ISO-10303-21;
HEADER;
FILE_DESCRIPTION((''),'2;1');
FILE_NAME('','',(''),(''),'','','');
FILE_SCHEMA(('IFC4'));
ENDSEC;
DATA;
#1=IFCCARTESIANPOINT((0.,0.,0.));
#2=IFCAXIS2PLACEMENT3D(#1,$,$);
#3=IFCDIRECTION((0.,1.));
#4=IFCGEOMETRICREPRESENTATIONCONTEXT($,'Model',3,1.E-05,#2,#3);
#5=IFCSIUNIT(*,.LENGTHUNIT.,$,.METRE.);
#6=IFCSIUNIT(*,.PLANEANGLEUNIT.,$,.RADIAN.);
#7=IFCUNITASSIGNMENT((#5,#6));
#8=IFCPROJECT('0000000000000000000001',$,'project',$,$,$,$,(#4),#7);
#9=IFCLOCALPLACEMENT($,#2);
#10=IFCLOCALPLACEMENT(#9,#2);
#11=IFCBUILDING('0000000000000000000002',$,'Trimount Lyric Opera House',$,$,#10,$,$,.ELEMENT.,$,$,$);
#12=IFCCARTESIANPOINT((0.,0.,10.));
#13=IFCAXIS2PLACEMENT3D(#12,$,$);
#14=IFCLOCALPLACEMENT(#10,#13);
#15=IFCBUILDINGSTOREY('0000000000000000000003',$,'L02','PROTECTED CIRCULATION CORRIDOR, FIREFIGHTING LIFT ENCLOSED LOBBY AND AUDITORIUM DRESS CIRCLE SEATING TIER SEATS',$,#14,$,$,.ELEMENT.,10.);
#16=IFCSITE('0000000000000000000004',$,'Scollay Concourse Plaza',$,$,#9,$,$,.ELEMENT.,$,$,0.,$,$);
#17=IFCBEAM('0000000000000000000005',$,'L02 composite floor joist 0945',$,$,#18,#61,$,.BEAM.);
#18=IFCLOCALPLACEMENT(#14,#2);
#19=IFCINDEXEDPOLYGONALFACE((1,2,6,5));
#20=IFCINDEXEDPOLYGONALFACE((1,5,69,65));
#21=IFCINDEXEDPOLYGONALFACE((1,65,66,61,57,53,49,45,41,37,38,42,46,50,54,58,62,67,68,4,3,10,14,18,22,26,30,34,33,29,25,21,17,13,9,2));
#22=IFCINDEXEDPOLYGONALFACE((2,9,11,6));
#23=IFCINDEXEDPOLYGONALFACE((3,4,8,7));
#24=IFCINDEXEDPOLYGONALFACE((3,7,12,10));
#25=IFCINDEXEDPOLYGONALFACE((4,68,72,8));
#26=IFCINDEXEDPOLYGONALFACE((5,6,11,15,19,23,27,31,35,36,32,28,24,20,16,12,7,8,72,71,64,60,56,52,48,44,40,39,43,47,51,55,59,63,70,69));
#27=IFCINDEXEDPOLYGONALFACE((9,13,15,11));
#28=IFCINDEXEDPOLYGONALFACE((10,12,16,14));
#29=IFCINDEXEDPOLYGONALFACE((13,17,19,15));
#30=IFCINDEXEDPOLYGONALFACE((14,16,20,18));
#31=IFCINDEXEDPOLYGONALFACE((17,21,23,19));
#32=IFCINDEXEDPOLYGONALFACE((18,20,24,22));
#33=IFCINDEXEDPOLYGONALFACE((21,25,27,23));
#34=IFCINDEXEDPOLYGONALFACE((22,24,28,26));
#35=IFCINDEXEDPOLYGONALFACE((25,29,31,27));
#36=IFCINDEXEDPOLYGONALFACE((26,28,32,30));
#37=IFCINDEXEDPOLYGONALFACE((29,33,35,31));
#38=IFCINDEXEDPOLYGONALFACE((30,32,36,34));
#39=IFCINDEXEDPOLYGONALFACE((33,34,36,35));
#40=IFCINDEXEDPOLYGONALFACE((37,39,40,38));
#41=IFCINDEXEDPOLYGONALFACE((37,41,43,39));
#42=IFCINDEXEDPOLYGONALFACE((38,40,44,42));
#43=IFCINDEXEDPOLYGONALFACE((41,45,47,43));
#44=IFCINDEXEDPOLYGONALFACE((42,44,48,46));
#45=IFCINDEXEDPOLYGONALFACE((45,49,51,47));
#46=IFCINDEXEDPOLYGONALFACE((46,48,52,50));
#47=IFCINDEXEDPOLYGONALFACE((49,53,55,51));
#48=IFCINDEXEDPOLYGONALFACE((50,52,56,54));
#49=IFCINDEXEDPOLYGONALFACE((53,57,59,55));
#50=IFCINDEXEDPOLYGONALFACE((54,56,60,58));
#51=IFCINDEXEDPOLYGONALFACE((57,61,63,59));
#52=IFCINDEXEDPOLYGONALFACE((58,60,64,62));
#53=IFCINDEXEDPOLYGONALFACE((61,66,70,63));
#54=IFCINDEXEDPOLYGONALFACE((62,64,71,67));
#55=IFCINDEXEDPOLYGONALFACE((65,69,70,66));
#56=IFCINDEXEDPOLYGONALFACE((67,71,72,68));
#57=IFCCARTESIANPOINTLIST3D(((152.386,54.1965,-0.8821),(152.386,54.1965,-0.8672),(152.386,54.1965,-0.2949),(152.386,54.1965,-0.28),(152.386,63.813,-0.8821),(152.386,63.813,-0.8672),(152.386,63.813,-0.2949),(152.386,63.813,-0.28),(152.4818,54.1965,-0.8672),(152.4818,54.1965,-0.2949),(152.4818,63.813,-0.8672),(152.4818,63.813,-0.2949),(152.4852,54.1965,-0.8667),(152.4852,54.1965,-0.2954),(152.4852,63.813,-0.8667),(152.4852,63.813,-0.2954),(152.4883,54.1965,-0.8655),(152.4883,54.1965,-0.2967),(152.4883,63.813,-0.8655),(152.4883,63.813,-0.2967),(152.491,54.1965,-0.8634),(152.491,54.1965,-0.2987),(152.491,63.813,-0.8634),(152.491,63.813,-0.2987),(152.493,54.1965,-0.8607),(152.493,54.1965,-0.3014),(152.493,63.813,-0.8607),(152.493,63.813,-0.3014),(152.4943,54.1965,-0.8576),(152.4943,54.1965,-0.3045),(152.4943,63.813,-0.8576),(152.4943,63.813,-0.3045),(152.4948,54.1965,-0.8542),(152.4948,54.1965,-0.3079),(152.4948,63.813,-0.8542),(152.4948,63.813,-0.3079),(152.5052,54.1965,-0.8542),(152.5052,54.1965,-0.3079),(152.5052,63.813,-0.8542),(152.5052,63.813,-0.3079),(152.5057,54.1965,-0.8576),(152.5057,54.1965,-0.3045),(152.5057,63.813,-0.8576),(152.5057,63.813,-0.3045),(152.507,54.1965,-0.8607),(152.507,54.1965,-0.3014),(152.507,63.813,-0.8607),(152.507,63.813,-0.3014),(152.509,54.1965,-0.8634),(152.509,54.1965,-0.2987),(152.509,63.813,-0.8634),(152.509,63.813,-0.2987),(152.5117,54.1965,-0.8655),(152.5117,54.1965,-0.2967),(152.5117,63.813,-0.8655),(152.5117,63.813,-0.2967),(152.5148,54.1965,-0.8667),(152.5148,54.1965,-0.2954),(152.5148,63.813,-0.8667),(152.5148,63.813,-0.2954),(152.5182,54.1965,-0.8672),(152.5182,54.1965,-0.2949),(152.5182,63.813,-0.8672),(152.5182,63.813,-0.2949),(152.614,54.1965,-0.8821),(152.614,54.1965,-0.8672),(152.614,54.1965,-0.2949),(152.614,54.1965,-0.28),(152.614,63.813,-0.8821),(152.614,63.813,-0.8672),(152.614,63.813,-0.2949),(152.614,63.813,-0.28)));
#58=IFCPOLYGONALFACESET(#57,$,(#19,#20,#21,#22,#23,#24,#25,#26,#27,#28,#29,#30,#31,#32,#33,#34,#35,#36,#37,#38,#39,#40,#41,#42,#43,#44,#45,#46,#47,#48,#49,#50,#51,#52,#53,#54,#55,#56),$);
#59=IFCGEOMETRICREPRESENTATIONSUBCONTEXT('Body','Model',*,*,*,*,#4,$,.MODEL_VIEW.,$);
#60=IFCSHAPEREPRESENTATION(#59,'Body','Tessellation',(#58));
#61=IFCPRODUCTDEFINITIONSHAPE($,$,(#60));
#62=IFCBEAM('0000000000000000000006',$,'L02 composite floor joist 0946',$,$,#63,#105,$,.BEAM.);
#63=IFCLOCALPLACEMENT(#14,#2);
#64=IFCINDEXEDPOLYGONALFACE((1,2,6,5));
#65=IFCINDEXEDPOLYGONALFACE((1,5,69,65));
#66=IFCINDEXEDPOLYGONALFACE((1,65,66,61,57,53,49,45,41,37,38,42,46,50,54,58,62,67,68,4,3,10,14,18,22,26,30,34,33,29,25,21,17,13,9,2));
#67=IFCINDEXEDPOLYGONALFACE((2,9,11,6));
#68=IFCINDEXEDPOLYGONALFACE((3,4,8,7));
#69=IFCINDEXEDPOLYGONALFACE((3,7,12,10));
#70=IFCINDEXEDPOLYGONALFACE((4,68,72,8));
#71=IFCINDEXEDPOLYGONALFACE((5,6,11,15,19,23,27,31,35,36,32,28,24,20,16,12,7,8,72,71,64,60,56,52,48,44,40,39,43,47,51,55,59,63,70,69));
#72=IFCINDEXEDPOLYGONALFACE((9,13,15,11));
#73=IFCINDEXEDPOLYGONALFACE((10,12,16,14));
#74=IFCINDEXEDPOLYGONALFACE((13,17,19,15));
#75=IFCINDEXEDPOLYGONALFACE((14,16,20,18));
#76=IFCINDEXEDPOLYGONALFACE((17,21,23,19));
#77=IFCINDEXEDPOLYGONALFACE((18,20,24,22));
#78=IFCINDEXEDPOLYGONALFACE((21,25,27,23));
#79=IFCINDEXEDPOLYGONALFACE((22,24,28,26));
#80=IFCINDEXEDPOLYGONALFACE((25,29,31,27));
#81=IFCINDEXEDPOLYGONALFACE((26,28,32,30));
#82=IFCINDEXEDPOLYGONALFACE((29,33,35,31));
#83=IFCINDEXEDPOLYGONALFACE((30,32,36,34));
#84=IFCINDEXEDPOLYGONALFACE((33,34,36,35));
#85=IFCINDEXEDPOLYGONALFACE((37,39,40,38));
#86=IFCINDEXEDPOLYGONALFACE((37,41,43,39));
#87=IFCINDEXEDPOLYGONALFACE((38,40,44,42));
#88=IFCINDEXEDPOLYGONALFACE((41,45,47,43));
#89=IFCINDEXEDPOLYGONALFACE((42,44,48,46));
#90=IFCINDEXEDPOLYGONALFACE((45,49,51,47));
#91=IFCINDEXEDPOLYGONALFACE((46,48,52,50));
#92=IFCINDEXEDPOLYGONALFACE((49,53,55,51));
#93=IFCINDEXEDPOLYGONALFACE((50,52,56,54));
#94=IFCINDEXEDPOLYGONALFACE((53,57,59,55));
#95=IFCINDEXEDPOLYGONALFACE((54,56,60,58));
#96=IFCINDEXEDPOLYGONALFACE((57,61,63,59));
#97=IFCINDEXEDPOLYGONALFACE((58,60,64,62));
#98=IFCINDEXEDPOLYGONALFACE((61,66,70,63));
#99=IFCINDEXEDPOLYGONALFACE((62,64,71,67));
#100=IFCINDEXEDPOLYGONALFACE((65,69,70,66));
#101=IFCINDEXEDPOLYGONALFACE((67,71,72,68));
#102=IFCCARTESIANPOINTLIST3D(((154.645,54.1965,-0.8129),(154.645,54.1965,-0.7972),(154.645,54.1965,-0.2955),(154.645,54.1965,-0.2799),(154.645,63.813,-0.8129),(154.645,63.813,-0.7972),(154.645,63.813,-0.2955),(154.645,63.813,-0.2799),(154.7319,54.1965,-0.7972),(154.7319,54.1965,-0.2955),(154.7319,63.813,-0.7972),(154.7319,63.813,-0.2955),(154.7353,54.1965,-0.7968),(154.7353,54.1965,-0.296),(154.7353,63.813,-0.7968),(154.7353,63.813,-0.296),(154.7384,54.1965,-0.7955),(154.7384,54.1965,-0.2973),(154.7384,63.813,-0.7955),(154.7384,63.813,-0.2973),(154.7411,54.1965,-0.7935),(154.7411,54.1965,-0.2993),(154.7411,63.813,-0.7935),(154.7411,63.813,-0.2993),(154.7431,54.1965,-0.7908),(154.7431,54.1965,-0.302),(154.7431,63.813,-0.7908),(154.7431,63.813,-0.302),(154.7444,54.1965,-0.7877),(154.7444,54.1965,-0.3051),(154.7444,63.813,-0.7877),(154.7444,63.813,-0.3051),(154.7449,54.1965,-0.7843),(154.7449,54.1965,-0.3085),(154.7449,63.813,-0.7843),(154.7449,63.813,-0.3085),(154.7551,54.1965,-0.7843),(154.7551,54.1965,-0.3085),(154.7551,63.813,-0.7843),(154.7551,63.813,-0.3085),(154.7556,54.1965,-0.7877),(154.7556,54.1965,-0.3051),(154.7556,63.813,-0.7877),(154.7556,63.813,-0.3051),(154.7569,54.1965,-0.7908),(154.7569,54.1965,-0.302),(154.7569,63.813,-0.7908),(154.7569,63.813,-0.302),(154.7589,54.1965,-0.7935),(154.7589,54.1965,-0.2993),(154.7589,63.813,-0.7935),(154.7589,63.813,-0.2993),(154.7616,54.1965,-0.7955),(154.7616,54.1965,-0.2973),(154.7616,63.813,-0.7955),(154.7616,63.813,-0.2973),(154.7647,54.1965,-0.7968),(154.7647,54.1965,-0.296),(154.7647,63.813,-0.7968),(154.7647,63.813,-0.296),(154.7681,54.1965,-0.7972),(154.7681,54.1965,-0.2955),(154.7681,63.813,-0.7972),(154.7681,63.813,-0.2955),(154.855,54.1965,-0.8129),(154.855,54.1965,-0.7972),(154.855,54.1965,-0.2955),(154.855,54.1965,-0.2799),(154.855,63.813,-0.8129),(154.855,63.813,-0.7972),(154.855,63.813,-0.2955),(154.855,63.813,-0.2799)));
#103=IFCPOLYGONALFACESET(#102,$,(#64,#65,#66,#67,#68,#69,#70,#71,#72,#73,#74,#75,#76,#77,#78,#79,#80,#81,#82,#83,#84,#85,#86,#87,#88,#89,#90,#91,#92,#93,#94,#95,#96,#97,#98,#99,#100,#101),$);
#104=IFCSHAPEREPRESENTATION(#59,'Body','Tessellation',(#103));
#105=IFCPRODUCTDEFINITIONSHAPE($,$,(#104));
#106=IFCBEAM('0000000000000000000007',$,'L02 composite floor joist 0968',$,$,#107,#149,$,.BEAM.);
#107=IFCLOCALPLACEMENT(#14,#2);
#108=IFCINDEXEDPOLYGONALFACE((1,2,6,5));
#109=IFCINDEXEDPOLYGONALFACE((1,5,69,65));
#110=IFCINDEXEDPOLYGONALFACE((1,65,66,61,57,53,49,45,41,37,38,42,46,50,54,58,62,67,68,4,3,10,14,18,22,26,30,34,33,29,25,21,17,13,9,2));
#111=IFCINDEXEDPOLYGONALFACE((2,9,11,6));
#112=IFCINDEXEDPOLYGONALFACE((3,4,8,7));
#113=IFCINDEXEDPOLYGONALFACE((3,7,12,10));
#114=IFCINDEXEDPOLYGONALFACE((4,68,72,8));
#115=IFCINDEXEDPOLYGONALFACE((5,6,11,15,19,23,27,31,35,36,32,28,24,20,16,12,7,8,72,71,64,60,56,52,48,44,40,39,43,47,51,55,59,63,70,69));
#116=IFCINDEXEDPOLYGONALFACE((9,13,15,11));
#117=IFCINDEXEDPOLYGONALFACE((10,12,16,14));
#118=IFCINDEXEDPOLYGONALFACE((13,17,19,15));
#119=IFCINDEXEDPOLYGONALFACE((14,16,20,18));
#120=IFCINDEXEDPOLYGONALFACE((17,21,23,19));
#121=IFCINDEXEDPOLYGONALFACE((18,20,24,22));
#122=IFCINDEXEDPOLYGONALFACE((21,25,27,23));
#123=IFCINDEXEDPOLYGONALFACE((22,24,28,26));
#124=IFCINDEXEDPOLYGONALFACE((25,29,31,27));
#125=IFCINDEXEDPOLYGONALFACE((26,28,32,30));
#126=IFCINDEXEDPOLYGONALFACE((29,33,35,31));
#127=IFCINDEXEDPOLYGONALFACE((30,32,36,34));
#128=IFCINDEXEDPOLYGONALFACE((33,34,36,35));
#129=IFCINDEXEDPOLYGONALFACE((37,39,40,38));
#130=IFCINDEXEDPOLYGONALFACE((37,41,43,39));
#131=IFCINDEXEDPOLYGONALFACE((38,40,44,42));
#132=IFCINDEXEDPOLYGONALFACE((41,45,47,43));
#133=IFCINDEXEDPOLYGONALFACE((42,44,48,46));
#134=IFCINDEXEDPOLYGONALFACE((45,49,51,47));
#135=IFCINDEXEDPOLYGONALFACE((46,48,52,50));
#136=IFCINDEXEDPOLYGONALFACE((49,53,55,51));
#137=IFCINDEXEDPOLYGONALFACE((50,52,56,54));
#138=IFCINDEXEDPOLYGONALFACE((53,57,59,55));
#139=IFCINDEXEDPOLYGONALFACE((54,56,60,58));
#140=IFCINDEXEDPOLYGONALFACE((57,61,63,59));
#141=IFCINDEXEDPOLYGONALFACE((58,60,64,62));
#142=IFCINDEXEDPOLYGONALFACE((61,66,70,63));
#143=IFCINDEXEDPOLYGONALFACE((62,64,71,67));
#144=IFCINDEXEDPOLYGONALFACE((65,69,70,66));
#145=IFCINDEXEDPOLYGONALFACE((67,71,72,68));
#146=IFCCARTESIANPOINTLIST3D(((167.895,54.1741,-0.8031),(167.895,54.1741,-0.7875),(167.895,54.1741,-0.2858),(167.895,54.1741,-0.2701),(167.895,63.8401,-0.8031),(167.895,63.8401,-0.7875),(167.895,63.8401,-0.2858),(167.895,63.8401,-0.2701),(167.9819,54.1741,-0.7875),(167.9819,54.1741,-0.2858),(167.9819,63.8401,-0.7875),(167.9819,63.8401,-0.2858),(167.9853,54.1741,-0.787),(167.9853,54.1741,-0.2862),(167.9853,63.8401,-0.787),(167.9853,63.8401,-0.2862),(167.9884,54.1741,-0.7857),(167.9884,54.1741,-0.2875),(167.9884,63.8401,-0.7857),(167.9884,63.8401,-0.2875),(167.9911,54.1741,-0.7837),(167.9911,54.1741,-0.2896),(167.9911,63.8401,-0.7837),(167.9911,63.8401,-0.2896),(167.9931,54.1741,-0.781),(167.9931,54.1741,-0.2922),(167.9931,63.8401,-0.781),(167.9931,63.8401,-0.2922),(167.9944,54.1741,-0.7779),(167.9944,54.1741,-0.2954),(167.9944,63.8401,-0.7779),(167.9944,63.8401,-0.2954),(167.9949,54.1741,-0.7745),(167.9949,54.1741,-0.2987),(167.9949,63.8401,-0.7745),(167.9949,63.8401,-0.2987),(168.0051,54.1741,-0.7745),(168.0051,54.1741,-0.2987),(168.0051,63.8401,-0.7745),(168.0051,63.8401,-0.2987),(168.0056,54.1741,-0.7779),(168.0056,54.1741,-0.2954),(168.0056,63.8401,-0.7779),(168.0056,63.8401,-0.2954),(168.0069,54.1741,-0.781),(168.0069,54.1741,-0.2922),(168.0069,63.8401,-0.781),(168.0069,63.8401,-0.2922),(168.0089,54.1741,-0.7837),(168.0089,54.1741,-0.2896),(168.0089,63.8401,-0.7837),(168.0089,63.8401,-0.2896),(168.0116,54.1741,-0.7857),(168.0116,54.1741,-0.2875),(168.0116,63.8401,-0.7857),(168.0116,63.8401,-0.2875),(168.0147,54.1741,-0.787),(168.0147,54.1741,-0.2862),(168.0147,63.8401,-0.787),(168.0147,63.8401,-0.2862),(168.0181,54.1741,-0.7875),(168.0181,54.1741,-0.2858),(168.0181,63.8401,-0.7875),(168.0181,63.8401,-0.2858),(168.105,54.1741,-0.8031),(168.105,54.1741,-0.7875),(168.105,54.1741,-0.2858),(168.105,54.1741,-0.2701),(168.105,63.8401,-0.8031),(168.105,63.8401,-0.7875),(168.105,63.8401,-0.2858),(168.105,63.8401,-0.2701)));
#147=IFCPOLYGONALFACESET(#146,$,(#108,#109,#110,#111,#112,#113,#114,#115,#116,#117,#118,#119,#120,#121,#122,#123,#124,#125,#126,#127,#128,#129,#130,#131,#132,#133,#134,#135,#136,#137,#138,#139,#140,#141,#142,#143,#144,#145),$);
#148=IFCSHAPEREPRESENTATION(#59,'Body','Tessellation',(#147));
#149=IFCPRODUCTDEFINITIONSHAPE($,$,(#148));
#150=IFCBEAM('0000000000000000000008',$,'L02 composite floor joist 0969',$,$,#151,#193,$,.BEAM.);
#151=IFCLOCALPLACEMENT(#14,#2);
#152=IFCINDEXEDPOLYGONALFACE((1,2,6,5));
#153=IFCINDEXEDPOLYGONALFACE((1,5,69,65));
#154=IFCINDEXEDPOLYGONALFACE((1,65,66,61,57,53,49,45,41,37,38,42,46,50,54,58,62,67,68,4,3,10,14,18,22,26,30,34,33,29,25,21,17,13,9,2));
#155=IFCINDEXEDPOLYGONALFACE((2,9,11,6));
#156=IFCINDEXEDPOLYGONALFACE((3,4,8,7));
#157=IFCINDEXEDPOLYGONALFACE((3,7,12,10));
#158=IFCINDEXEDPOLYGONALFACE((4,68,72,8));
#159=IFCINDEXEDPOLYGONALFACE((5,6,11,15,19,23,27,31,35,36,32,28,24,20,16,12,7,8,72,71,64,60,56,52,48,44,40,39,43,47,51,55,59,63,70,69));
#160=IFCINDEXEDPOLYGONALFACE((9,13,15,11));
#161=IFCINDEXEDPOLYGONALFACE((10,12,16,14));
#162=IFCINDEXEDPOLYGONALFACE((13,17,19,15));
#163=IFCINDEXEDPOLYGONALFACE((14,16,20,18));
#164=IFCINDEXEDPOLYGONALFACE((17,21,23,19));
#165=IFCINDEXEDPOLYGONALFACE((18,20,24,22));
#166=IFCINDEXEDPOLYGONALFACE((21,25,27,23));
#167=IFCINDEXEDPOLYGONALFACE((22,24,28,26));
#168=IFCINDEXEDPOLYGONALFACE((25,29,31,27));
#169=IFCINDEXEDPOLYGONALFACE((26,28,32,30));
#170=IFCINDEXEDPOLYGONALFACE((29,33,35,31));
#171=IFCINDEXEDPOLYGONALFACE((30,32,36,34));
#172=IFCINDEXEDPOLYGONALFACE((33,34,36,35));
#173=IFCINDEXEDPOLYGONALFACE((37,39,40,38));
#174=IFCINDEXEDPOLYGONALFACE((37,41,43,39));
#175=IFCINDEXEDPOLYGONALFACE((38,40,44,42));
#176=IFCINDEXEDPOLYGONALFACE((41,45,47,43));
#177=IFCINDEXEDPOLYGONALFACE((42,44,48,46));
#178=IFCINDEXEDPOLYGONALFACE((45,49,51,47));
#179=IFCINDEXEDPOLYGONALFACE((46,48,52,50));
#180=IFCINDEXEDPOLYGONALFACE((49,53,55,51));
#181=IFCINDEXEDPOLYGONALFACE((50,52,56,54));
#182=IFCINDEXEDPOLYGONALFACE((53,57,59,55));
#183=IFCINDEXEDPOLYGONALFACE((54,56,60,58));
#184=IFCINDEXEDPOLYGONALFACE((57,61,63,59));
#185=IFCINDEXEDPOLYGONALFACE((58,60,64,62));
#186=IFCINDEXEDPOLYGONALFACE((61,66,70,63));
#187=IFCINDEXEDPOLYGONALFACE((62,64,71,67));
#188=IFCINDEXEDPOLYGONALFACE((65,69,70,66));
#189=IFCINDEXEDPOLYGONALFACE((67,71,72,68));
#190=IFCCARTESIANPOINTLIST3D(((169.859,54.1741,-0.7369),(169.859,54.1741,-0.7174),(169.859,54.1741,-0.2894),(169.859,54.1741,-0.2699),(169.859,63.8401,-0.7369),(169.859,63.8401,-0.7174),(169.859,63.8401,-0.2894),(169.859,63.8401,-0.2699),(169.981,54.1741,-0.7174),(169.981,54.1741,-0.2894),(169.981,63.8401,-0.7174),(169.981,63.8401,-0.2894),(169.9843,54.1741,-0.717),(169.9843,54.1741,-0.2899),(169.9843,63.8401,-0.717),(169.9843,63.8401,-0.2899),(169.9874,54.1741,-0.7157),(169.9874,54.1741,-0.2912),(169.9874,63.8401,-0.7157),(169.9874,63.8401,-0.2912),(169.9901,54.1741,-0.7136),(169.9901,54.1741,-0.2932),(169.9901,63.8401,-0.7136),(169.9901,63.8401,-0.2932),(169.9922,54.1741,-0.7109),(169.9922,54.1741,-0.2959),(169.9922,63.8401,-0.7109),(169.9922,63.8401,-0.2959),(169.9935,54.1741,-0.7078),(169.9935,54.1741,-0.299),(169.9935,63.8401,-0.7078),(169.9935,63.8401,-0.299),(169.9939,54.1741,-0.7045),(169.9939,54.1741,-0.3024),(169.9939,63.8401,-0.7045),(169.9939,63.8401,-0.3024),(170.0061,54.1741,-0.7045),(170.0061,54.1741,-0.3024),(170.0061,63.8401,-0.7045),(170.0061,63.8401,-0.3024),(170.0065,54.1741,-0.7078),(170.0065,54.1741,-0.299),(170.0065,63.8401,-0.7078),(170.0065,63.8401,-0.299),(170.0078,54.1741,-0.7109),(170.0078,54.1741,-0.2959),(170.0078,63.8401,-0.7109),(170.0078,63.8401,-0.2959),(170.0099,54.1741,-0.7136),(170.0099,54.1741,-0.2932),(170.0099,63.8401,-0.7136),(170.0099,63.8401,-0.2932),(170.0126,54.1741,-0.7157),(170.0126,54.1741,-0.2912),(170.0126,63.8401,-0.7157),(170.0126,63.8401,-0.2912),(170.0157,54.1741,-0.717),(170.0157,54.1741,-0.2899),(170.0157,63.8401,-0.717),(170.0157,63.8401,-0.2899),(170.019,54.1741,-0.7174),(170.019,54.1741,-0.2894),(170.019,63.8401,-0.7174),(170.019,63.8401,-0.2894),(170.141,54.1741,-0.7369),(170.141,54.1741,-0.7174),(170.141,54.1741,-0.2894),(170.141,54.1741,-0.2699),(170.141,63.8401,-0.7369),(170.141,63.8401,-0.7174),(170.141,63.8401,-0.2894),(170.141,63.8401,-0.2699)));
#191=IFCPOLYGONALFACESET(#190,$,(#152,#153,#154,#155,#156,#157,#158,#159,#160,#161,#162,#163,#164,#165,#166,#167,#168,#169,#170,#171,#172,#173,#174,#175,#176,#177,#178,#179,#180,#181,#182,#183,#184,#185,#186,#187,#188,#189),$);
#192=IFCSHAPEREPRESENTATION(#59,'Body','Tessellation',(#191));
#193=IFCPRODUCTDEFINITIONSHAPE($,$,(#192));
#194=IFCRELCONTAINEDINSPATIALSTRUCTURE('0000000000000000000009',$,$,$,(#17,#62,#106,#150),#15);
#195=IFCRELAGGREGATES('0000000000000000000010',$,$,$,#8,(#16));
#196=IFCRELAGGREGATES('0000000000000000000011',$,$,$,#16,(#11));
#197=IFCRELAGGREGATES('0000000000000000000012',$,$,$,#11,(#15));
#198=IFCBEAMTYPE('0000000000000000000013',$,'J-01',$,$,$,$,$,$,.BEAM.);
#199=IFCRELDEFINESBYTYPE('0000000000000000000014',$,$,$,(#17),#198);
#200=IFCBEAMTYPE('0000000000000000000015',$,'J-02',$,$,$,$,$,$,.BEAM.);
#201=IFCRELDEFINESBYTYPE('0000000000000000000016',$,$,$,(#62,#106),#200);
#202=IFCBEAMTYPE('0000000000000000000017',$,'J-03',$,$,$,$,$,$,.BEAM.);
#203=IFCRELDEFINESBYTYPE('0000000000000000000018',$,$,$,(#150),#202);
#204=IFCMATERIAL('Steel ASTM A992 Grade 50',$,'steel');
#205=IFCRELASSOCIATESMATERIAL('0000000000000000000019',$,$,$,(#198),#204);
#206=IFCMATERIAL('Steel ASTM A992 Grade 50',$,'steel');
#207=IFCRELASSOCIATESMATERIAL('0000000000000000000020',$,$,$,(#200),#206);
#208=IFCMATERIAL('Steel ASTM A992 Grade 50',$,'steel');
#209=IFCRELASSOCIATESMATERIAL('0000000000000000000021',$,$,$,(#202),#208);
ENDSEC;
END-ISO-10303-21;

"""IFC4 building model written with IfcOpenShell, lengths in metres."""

from ifc_helpers import new_model, si_unit, direction, frame, origin, origin_2d, place, context, subcontext, project, spatial, i_section, extrude, material, material_profile, profile_set, type_object, element, save


model = new_model("IFC4")

# Units and contexts
model_context = context("Model", 3, precision=1e-05, world=origin(), true_north=direction((0.0, 1.0)))
body_context = subcontext(model_context, "Body", "Model", "MODEL_VIEW")
ifc_project = project(units=[si_unit("LENGTHUNIT", "METRE"), si_unit("PLANEANGLEUNIT", "RADIAN")], contexts=[model_context])

# Site, building, storey
site_placement = place(None, origin())
site = spatial("IfcSite", under=ifc_project, at=site_placement, Name="Scollay Concourse Plaza", CompositionType="ELEMENT", RefElevation=0.0)
building_placement = place(site_placement, origin())
building = spatial("IfcBuilding", under=site, at=building_placement, Name="Trimount Lyric Opera House", CompositionType="ELEMENT")
storey_placement = place(building_placement, frame((0.0, 0.0, 10.0)))
storey = spatial("IfcBuildingStorey", under=building, at=storey_placement, Name="L02", Description="PROTECTED CIRCULATION CORRIDOR, FIREFIGHTING LIFT ENCLOSED LOBBY AND AUDITORIUM DRESS CIRCLE SEATING TIER SEATS", CompositionType="ELEMENT", Elevation=10.0)

# Beams
ifc_material_1 = material(Name="Steel ASTM A992 Grade 50", Category="steel")
ifc_material_profile_1 = material_profile(ifc_material_1, i_section(OverallWidth=0.228, OverallDepth=0.6021, WebThickness=0.0105, FlangeThickness=0.0149, FilletRadius=0.0129, at=origin_2d()), Name="W24X68")
ifc_profile_set_1 = profile_set([ifc_material_profile_1], Name="Steel ASTM A992 Grade 50")
beam_type_1 = type_object("IfcBeamType", Name="J-01", PredefinedType="BEAM", material=ifc_profile_set_1)
beam_1_placement = place(storey_placement, frame((152.5, 54.1965, -0.5811), z_axis=(0.0, 1.0, 0.0), x_axis=(-1.0, 0.0, 0.0)))
element("IfcBeam", 1, at=beam_1_placement, inside=storey, type_object=beam_type_1, Name="L02 composite floor joist 0945", PredefinedType="BEAM", context=body_context, shape_type="SweptSolid", body=[
    extrude(i_section(OverallWidth=0.228, OverallDepth=0.6021, WebThickness=0.0105, FlangeThickness=0.0149, FilletRadius=0.0129, at=origin_2d()), origin(), (0.0, 0.0, 1.0), 9.6165),
])
ifc_material_2 = material(Name="Steel ASTM A992 Grade 50", Category="steel")
ifc_material_profile_2 = material_profile(ifc_material_2, i_section(OverallWidth=0.21, OverallDepth=0.533, WebThickness=0.0103, FlangeThickness=0.0156, FilletRadius=0.0129, at=origin_2d()), Name="W21X62")
ifc_profile_set_2 = profile_set([ifc_material_profile_2], Name="Steel ASTM A992 Grade 50")
beam_type_2 = type_object("IfcBeamType", Name="J-02", PredefinedType="BEAM", material=ifc_profile_set_2)
beam_2_placement = place(storey_placement, frame((154.75, 54.1965, -0.5464), z_axis=(0.0, 1.0, 0.0), x_axis=(-1.0, 0.0, 0.0)))
element("IfcBeam", 2, at=beam_2_placement, inside=storey, type_object=beam_type_2, Name="L02 composite floor joist 0946", PredefinedType="BEAM", context=body_context, shape_type="SweptSolid", body=[
    extrude(i_section(OverallWidth=0.21, OverallDepth=0.533, WebThickness=0.0103, FlangeThickness=0.0156, FilletRadius=0.0129, at=origin_2d()), origin(), (0.0, 0.0, 1.0), 9.6165),
])
beam_3_placement = place(storey_placement, frame((168.0, 54.1741, -0.5366), z_axis=(0.0, 1.0, 0.0), x_axis=(-1.0, 0.0, 0.0)))
element("IfcBeam", 3, at=beam_3_placement, inside=storey, type_object=beam_type_2, Name="L02 composite floor joist 0968", PredefinedType="BEAM", context=body_context, shape_type="SweptSolid", body=[
    extrude(i_section(OverallWidth=0.21, OverallDepth=0.533, WebThickness=0.0103, FlangeThickness=0.0156, FilletRadius=0.0129, at=origin_2d()), origin(), (0.0, 0.0, 1.0), 9.666),
])
ifc_material_3 = material(Name="Steel ASTM A992 Grade 50", Category="steel")
ifc_material_profile_3 = material_profile(ifc_material_3, i_section(OverallWidth=0.282, OverallDepth=0.467, WebThickness=0.0122, FlangeThickness=0.0195, FilletRadius=0.0129, at=origin_2d()), Name="W18X86")
ifc_profile_set_3 = profile_set([ifc_material_profile_3], Name="Steel ASTM A992 Grade 50")
beam_type_3 = type_object("IfcBeamType", Name="J-03", PredefinedType="BEAM", material=ifc_profile_set_3)
beam_4_placement = place(storey_placement, frame((170.0, 54.1741, -0.5034), z_axis=(0.0, 1.0, 0.0), x_axis=(-1.0, 0.0, 0.0)))
element("IfcBeam", 4, at=beam_4_placement, inside=storey, type_object=beam_type_3, Name="L02 composite floor joist 0969", PredefinedType="BEAM", context=body_context, shape_type="SweptSolid", body=[
    extrude(i_section(OverallWidth=0.282, OverallDepth=0.467, WebThickness=0.0122, FlangeThickness=0.0195, FilletRadius=0.0129, at=origin_2d()), origin(), (0.0, 0.0, 1.0), 9.666),
])

save(model, "model.ifc")
